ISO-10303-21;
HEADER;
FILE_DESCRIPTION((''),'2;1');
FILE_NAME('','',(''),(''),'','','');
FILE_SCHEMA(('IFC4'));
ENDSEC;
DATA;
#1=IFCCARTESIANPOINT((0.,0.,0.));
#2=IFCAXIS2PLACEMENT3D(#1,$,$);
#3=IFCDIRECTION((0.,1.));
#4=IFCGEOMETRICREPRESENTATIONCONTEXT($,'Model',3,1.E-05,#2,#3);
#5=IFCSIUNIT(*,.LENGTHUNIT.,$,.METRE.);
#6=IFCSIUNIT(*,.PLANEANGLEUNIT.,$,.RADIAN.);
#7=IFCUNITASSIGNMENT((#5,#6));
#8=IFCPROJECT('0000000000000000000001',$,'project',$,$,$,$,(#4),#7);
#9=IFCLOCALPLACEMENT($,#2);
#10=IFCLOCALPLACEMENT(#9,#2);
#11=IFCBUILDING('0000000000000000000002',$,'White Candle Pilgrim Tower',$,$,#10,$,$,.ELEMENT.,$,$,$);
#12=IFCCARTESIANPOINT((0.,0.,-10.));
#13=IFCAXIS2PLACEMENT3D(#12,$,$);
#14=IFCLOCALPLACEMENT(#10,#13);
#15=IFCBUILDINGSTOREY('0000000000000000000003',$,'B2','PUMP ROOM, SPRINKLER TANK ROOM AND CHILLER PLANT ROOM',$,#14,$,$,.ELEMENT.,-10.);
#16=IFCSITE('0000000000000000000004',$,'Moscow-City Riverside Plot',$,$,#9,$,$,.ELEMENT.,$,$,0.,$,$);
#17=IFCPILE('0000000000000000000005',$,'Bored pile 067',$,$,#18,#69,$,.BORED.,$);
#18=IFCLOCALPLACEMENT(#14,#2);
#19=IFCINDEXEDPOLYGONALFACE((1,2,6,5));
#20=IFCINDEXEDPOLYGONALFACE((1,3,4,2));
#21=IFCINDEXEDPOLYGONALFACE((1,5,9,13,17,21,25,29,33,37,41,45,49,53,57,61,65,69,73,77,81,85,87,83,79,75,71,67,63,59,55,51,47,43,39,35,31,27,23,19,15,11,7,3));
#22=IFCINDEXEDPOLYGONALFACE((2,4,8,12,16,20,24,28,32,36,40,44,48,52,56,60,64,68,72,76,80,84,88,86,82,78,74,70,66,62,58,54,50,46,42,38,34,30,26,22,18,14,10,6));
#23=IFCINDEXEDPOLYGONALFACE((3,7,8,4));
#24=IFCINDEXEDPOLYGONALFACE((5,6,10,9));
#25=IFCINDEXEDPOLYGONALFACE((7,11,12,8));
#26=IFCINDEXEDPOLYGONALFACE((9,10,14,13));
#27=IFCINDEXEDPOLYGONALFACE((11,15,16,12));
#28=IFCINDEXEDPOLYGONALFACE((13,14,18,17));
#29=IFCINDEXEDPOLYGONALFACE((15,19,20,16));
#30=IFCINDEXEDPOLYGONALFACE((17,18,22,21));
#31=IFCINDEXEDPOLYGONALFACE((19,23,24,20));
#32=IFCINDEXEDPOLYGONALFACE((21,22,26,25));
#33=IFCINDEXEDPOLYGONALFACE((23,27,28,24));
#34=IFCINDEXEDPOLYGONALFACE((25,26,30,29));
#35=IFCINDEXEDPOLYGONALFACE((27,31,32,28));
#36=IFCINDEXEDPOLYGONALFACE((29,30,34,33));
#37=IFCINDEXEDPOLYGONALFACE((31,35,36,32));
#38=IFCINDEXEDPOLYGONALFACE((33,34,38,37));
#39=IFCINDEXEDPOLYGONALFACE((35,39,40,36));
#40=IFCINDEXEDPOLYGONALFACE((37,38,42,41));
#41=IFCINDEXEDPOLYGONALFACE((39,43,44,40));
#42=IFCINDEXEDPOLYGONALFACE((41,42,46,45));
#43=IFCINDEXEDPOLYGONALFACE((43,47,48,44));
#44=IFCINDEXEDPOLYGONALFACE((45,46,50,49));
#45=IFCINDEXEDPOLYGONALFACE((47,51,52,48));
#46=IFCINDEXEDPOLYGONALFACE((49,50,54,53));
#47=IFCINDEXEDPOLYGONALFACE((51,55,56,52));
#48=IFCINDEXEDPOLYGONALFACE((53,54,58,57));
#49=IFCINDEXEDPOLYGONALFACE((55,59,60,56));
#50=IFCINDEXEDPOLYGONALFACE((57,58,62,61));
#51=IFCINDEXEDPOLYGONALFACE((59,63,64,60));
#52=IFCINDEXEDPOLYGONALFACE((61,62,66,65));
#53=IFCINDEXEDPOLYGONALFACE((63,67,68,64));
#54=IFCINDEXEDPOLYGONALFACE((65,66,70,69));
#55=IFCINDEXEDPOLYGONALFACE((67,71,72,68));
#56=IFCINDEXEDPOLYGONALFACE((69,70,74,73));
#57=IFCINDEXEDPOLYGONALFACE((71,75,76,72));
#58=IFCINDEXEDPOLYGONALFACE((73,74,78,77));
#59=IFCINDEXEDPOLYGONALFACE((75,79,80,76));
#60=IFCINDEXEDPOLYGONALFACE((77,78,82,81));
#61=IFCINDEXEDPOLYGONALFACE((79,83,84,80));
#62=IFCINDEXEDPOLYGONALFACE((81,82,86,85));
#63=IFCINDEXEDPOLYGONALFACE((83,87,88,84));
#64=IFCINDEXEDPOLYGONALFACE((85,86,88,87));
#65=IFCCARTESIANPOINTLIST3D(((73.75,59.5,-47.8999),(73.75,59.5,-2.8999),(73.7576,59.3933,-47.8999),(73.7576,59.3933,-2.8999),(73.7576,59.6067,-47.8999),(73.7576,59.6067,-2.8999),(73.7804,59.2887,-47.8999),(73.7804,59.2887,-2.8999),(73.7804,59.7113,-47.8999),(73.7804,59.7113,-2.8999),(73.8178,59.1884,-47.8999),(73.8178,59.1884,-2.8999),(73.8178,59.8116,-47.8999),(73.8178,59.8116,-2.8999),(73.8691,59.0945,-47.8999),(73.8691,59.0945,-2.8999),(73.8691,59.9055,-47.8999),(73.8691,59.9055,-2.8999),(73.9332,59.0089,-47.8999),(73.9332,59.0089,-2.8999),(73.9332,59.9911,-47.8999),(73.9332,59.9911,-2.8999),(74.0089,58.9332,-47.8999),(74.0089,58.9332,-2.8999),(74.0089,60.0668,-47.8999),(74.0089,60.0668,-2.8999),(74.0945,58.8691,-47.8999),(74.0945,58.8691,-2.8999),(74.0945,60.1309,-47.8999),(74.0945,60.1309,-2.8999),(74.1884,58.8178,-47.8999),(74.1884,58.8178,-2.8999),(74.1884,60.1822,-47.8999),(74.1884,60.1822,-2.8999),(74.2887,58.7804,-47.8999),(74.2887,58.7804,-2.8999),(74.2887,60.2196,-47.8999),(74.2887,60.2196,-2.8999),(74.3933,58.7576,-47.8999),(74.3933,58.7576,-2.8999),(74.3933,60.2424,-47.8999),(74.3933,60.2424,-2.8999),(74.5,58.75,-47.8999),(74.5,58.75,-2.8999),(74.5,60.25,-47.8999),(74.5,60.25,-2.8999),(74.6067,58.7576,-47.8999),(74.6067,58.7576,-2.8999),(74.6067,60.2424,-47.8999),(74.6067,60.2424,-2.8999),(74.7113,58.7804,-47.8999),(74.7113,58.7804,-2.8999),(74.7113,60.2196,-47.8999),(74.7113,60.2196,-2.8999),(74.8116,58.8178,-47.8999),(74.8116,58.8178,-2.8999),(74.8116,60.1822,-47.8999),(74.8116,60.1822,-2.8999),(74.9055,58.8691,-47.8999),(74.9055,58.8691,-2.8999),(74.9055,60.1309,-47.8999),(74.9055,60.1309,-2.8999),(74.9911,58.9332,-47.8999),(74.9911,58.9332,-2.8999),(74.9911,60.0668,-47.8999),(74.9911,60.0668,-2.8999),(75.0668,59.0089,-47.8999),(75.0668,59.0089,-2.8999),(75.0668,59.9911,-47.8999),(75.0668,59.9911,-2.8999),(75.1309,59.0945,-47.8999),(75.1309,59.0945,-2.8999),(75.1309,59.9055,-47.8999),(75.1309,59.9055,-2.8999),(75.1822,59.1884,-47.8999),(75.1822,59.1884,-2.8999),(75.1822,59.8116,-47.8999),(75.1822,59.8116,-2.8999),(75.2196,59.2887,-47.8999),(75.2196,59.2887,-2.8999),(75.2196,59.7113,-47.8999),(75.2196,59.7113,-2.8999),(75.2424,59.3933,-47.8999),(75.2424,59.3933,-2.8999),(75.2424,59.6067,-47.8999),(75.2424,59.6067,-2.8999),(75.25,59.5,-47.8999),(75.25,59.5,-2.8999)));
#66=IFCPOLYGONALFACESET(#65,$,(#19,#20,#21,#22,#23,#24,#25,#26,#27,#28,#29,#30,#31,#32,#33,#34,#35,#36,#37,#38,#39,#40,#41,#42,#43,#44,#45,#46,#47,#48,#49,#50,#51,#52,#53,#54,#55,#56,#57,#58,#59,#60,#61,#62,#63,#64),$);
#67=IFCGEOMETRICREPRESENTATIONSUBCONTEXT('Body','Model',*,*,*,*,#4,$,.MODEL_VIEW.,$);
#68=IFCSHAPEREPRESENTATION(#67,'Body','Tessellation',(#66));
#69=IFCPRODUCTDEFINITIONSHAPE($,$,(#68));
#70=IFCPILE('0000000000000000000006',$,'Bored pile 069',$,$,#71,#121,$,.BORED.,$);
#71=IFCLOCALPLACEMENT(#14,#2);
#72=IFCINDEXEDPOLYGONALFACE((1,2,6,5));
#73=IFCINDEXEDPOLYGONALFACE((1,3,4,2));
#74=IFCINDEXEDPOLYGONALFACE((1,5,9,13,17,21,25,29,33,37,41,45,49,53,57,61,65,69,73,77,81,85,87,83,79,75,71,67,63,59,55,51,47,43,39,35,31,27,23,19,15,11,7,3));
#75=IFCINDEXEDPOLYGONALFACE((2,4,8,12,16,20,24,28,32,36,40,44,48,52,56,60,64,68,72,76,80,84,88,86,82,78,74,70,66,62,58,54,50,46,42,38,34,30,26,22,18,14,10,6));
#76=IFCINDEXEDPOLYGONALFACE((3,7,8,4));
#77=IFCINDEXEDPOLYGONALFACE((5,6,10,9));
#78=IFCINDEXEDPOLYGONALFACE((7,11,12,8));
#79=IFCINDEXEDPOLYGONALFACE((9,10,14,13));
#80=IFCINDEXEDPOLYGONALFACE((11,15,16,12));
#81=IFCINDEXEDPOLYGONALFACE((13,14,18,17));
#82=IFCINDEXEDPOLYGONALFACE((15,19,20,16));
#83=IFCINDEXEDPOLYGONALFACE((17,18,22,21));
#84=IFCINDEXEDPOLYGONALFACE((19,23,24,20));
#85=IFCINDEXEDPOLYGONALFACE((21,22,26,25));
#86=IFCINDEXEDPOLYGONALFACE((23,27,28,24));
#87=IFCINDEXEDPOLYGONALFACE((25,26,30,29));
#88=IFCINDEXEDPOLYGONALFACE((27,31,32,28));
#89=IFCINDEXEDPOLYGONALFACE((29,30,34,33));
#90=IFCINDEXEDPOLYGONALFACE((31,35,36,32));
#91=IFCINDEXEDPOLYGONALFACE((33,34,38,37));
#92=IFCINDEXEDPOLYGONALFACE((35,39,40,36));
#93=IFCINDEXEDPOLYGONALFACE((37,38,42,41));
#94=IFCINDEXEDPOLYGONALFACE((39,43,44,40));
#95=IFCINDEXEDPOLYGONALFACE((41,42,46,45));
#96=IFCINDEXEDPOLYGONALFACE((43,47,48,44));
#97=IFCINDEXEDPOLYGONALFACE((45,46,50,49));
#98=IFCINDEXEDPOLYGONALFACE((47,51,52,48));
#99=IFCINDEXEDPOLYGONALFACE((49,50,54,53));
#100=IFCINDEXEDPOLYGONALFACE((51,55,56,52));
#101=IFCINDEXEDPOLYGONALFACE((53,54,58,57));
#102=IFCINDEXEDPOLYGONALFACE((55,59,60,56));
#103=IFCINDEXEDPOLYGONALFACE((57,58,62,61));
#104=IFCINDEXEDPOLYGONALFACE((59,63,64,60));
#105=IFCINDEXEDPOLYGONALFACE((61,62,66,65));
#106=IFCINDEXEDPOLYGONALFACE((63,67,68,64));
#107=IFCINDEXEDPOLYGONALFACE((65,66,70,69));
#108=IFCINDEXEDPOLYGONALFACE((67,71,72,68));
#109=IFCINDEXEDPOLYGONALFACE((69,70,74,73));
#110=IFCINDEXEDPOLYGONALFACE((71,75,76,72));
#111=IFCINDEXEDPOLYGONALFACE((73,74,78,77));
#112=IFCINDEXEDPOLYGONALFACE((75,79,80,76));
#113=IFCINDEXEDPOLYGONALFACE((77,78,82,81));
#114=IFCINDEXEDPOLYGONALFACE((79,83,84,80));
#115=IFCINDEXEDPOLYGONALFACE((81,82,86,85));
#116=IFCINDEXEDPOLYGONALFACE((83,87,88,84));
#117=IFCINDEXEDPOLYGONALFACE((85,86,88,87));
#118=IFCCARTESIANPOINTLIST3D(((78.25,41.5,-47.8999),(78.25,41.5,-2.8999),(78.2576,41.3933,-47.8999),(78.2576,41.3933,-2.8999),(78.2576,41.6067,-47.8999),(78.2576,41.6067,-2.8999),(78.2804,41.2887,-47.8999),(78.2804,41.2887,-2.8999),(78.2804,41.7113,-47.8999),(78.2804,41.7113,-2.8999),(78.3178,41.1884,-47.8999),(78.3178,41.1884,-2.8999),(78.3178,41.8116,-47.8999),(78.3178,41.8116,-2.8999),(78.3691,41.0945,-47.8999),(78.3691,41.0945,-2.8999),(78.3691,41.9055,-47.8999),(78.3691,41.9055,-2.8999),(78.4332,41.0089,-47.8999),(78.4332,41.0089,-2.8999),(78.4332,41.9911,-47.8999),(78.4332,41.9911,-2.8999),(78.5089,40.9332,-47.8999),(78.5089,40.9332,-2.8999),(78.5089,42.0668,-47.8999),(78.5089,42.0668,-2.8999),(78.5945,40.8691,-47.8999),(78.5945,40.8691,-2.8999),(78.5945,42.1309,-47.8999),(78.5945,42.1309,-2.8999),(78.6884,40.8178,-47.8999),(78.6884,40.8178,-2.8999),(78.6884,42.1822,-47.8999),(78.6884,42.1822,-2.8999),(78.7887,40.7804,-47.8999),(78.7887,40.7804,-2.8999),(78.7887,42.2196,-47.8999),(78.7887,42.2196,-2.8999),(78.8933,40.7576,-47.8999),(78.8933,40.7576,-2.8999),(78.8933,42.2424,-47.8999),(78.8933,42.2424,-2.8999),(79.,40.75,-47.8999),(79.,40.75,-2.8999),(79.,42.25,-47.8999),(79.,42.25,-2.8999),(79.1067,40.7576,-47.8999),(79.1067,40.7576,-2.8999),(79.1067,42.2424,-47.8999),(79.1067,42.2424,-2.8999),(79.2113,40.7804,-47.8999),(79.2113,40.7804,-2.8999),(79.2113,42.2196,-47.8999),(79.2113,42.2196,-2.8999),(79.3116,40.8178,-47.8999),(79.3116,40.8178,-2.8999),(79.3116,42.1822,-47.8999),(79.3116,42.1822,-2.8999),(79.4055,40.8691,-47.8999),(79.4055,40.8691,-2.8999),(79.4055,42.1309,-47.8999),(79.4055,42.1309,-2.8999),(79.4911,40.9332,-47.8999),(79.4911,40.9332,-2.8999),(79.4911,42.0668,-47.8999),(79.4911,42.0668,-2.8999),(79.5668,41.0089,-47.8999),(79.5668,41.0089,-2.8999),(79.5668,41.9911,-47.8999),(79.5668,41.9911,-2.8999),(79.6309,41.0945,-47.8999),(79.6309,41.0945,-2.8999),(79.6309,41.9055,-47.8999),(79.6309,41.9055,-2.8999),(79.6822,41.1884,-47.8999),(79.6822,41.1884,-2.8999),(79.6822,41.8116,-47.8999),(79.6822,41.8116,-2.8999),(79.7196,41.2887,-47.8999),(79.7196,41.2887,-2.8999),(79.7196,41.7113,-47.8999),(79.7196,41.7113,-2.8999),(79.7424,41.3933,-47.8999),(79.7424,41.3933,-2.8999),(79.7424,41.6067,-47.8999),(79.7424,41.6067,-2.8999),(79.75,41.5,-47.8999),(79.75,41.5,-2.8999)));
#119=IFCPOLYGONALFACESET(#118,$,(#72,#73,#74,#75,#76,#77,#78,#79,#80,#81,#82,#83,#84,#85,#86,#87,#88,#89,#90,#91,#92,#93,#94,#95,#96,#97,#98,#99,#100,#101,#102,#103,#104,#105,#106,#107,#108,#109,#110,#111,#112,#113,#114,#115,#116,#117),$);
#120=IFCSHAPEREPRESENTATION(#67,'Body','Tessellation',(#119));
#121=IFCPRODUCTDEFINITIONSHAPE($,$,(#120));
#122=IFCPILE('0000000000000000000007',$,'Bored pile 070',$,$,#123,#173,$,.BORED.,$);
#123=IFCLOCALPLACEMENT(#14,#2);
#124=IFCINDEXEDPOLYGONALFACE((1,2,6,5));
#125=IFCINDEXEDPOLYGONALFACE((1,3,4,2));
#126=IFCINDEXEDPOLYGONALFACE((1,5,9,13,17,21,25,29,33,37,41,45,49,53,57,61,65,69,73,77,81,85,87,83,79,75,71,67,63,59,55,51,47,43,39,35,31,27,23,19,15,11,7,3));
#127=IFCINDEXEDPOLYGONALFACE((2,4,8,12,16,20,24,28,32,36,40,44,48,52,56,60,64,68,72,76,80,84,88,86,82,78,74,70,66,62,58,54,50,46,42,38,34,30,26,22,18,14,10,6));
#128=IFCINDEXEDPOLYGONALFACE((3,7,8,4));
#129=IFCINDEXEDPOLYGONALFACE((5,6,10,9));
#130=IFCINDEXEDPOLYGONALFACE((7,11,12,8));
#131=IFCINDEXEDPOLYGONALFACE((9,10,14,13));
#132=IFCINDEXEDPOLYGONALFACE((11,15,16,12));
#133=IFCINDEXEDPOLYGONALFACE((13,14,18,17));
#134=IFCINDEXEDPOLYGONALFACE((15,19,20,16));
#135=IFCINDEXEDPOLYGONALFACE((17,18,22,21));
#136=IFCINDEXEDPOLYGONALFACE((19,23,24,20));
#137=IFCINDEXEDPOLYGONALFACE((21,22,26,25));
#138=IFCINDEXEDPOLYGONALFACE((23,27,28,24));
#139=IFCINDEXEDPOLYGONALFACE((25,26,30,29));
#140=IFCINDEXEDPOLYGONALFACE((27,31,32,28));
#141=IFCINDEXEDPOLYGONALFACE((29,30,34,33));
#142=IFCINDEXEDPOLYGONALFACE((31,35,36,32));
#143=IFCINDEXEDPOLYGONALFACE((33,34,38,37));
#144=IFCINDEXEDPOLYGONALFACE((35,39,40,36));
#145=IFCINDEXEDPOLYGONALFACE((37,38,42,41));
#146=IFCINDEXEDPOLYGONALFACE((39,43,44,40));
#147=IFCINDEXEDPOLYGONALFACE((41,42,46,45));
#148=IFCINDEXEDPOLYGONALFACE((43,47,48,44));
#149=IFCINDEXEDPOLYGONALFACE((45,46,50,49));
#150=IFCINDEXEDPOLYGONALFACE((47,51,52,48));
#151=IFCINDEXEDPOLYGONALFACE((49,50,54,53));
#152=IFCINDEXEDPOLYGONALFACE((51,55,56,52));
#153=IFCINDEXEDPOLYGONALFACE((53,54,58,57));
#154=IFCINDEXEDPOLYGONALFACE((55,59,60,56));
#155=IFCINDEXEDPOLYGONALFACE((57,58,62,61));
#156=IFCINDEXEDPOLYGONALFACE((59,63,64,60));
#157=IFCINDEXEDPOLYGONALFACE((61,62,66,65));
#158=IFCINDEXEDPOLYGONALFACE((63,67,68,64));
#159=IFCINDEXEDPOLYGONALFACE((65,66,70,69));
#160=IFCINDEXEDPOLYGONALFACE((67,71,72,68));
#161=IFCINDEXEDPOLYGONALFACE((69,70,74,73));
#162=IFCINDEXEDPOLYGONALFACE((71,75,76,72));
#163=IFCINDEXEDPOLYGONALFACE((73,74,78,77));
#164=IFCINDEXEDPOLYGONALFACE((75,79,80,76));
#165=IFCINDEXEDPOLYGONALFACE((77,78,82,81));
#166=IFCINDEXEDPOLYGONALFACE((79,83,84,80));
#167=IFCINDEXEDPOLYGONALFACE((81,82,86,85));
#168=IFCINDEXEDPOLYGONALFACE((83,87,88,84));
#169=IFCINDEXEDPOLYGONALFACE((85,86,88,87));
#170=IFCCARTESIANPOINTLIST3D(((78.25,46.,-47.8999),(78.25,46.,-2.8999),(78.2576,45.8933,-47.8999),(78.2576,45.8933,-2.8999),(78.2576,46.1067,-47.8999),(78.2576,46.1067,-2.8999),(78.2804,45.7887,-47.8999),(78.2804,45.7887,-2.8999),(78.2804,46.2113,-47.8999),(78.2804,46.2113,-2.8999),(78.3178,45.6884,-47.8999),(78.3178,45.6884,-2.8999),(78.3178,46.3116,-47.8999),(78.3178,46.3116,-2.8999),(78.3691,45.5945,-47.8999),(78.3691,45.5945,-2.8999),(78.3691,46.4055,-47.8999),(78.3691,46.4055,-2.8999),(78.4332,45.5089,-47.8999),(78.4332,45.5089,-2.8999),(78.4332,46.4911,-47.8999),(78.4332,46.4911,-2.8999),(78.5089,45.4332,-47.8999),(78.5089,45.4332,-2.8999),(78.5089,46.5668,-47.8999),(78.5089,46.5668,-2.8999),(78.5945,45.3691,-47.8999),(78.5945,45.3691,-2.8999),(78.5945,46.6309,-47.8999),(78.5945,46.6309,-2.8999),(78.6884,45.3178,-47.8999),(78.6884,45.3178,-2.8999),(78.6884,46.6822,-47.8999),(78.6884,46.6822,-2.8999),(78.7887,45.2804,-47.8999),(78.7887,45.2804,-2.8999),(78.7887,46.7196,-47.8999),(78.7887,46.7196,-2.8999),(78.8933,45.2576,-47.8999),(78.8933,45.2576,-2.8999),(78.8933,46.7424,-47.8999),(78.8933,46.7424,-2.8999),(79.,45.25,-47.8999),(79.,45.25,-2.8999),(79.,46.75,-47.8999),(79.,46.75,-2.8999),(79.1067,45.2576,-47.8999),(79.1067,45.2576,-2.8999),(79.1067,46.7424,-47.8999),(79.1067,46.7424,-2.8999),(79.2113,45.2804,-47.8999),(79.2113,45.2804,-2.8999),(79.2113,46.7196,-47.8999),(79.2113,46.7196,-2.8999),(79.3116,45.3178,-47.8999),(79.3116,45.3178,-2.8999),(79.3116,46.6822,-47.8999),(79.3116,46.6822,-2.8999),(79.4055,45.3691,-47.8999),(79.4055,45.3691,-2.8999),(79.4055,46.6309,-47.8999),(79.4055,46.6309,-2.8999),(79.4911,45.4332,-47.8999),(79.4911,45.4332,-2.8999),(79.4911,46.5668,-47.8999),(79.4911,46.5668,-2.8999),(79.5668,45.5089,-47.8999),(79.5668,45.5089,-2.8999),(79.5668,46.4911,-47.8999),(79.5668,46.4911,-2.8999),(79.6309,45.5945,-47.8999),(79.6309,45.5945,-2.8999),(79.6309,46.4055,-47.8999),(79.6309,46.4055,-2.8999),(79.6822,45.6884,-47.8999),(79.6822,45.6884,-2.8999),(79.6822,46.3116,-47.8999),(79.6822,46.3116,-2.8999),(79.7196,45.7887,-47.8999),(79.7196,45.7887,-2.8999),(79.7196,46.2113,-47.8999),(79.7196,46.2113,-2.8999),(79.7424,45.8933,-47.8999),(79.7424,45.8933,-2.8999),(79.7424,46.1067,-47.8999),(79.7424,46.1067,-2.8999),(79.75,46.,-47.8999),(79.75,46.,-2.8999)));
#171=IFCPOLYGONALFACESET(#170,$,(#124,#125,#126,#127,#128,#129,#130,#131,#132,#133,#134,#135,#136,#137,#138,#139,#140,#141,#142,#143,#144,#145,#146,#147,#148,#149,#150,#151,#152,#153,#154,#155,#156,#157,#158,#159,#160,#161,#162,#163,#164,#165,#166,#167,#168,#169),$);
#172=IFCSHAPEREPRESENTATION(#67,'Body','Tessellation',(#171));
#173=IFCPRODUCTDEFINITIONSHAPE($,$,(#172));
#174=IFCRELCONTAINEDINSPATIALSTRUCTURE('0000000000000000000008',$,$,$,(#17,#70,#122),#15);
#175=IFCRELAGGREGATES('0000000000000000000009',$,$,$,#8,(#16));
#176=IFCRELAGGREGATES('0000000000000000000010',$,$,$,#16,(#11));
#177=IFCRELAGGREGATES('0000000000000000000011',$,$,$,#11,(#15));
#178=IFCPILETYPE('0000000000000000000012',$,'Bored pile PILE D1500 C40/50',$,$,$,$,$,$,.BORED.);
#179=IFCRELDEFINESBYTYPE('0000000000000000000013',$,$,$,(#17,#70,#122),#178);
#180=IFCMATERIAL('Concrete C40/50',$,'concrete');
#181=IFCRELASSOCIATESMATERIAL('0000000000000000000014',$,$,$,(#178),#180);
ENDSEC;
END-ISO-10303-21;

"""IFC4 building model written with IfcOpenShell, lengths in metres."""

from ifc_helpers import new_model, si_unit, direction, frame, origin, origin_2d, place, context, subcontext, project, spatial, circle, extrude, material, material_profile, profile_set, type_object, element, save


model = new_model("IFC4")

# Units and contexts
model_context = context("Model", 3, precision=1e-05, world=origin(), true_north=direction((0.0, 1.0)))
body_context = subcontext(model_context, "Body", "Model", "MODEL_VIEW")
ifc_project = project(units=[si_unit("LENGTHUNIT", "METRE"), si_unit("PLANEANGLEUNIT", "RADIAN")], contexts=[model_context])

# Site, building, storey
site_placement = place(None, origin())
site = spatial("IfcSite", under=ifc_project, at=site_placement, Name="Moscow-City Riverside Plot", CompositionType="ELEMENT", RefElevation=0.0)
building_placement = place(site_placement, origin())
building = spatial("IfcBuilding", under=site, at=building_placement, Name="White Candle Pilgrim Tower", CompositionType="ELEMENT")
storey_placement = place(building_placement, frame((0.0, 0.0, -10.0)))
storey = spatial("IfcBuildingStorey", under=building, at=storey_placement, Name="B2", Description="PUMP ROOM, SPRINKLER TANK ROOM AND CHILLER PLANT ROOM", CompositionType="ELEMENT", Elevation=-10.0)

# Piles
ifc_material_1 = material(Name="Concrete C40/50", Category="concrete")
ifc_material_profile_1 = material_profile(ifc_material_1, circle(Radius=0.75, at=origin_2d()), Name="PILE D1500")
ifc_profile_set_1 = profile_set([ifc_material_profile_1], Name="Concrete C40/50")
pile_type = type_object("IfcPileType", Name="Bored pile PILE D1500 C40/50", PredefinedType="BORED", material=ifc_profile_set_1)
for number, where, z_axis, x_axis, name in (
    (1, (74.5, 59.5, -2.8999), (0.0, 0.0, -1.0), (1.0, 0.0, 0.0), "Bored pile 067"),
    (2, (79.0, 41.5, -2.8999), (0.0, 0.0, -1.0), (1.0, 0.0, 0.0), "Bored pile 069"),
    (3, (79.0, 46.0, -2.8999), (0.0, 0.0, -1.0), (1.0, 0.0, 0.0), "Bored pile 070"),
):
    element("IfcPile", number, at=place(storey_placement, frame(where, z_axis=z_axis, x_axis=x_axis)), inside=storey, type_object=pile_type, Name=name, PredefinedType="BORED", context=body_context, shape_type="SweptSolid", body=[
        extrude(circle(Radius=0.75, at=origin_2d()), origin(), (0.0, 0.0, 1.0), 45.0),
    ])

save(model, "model.ifc")
